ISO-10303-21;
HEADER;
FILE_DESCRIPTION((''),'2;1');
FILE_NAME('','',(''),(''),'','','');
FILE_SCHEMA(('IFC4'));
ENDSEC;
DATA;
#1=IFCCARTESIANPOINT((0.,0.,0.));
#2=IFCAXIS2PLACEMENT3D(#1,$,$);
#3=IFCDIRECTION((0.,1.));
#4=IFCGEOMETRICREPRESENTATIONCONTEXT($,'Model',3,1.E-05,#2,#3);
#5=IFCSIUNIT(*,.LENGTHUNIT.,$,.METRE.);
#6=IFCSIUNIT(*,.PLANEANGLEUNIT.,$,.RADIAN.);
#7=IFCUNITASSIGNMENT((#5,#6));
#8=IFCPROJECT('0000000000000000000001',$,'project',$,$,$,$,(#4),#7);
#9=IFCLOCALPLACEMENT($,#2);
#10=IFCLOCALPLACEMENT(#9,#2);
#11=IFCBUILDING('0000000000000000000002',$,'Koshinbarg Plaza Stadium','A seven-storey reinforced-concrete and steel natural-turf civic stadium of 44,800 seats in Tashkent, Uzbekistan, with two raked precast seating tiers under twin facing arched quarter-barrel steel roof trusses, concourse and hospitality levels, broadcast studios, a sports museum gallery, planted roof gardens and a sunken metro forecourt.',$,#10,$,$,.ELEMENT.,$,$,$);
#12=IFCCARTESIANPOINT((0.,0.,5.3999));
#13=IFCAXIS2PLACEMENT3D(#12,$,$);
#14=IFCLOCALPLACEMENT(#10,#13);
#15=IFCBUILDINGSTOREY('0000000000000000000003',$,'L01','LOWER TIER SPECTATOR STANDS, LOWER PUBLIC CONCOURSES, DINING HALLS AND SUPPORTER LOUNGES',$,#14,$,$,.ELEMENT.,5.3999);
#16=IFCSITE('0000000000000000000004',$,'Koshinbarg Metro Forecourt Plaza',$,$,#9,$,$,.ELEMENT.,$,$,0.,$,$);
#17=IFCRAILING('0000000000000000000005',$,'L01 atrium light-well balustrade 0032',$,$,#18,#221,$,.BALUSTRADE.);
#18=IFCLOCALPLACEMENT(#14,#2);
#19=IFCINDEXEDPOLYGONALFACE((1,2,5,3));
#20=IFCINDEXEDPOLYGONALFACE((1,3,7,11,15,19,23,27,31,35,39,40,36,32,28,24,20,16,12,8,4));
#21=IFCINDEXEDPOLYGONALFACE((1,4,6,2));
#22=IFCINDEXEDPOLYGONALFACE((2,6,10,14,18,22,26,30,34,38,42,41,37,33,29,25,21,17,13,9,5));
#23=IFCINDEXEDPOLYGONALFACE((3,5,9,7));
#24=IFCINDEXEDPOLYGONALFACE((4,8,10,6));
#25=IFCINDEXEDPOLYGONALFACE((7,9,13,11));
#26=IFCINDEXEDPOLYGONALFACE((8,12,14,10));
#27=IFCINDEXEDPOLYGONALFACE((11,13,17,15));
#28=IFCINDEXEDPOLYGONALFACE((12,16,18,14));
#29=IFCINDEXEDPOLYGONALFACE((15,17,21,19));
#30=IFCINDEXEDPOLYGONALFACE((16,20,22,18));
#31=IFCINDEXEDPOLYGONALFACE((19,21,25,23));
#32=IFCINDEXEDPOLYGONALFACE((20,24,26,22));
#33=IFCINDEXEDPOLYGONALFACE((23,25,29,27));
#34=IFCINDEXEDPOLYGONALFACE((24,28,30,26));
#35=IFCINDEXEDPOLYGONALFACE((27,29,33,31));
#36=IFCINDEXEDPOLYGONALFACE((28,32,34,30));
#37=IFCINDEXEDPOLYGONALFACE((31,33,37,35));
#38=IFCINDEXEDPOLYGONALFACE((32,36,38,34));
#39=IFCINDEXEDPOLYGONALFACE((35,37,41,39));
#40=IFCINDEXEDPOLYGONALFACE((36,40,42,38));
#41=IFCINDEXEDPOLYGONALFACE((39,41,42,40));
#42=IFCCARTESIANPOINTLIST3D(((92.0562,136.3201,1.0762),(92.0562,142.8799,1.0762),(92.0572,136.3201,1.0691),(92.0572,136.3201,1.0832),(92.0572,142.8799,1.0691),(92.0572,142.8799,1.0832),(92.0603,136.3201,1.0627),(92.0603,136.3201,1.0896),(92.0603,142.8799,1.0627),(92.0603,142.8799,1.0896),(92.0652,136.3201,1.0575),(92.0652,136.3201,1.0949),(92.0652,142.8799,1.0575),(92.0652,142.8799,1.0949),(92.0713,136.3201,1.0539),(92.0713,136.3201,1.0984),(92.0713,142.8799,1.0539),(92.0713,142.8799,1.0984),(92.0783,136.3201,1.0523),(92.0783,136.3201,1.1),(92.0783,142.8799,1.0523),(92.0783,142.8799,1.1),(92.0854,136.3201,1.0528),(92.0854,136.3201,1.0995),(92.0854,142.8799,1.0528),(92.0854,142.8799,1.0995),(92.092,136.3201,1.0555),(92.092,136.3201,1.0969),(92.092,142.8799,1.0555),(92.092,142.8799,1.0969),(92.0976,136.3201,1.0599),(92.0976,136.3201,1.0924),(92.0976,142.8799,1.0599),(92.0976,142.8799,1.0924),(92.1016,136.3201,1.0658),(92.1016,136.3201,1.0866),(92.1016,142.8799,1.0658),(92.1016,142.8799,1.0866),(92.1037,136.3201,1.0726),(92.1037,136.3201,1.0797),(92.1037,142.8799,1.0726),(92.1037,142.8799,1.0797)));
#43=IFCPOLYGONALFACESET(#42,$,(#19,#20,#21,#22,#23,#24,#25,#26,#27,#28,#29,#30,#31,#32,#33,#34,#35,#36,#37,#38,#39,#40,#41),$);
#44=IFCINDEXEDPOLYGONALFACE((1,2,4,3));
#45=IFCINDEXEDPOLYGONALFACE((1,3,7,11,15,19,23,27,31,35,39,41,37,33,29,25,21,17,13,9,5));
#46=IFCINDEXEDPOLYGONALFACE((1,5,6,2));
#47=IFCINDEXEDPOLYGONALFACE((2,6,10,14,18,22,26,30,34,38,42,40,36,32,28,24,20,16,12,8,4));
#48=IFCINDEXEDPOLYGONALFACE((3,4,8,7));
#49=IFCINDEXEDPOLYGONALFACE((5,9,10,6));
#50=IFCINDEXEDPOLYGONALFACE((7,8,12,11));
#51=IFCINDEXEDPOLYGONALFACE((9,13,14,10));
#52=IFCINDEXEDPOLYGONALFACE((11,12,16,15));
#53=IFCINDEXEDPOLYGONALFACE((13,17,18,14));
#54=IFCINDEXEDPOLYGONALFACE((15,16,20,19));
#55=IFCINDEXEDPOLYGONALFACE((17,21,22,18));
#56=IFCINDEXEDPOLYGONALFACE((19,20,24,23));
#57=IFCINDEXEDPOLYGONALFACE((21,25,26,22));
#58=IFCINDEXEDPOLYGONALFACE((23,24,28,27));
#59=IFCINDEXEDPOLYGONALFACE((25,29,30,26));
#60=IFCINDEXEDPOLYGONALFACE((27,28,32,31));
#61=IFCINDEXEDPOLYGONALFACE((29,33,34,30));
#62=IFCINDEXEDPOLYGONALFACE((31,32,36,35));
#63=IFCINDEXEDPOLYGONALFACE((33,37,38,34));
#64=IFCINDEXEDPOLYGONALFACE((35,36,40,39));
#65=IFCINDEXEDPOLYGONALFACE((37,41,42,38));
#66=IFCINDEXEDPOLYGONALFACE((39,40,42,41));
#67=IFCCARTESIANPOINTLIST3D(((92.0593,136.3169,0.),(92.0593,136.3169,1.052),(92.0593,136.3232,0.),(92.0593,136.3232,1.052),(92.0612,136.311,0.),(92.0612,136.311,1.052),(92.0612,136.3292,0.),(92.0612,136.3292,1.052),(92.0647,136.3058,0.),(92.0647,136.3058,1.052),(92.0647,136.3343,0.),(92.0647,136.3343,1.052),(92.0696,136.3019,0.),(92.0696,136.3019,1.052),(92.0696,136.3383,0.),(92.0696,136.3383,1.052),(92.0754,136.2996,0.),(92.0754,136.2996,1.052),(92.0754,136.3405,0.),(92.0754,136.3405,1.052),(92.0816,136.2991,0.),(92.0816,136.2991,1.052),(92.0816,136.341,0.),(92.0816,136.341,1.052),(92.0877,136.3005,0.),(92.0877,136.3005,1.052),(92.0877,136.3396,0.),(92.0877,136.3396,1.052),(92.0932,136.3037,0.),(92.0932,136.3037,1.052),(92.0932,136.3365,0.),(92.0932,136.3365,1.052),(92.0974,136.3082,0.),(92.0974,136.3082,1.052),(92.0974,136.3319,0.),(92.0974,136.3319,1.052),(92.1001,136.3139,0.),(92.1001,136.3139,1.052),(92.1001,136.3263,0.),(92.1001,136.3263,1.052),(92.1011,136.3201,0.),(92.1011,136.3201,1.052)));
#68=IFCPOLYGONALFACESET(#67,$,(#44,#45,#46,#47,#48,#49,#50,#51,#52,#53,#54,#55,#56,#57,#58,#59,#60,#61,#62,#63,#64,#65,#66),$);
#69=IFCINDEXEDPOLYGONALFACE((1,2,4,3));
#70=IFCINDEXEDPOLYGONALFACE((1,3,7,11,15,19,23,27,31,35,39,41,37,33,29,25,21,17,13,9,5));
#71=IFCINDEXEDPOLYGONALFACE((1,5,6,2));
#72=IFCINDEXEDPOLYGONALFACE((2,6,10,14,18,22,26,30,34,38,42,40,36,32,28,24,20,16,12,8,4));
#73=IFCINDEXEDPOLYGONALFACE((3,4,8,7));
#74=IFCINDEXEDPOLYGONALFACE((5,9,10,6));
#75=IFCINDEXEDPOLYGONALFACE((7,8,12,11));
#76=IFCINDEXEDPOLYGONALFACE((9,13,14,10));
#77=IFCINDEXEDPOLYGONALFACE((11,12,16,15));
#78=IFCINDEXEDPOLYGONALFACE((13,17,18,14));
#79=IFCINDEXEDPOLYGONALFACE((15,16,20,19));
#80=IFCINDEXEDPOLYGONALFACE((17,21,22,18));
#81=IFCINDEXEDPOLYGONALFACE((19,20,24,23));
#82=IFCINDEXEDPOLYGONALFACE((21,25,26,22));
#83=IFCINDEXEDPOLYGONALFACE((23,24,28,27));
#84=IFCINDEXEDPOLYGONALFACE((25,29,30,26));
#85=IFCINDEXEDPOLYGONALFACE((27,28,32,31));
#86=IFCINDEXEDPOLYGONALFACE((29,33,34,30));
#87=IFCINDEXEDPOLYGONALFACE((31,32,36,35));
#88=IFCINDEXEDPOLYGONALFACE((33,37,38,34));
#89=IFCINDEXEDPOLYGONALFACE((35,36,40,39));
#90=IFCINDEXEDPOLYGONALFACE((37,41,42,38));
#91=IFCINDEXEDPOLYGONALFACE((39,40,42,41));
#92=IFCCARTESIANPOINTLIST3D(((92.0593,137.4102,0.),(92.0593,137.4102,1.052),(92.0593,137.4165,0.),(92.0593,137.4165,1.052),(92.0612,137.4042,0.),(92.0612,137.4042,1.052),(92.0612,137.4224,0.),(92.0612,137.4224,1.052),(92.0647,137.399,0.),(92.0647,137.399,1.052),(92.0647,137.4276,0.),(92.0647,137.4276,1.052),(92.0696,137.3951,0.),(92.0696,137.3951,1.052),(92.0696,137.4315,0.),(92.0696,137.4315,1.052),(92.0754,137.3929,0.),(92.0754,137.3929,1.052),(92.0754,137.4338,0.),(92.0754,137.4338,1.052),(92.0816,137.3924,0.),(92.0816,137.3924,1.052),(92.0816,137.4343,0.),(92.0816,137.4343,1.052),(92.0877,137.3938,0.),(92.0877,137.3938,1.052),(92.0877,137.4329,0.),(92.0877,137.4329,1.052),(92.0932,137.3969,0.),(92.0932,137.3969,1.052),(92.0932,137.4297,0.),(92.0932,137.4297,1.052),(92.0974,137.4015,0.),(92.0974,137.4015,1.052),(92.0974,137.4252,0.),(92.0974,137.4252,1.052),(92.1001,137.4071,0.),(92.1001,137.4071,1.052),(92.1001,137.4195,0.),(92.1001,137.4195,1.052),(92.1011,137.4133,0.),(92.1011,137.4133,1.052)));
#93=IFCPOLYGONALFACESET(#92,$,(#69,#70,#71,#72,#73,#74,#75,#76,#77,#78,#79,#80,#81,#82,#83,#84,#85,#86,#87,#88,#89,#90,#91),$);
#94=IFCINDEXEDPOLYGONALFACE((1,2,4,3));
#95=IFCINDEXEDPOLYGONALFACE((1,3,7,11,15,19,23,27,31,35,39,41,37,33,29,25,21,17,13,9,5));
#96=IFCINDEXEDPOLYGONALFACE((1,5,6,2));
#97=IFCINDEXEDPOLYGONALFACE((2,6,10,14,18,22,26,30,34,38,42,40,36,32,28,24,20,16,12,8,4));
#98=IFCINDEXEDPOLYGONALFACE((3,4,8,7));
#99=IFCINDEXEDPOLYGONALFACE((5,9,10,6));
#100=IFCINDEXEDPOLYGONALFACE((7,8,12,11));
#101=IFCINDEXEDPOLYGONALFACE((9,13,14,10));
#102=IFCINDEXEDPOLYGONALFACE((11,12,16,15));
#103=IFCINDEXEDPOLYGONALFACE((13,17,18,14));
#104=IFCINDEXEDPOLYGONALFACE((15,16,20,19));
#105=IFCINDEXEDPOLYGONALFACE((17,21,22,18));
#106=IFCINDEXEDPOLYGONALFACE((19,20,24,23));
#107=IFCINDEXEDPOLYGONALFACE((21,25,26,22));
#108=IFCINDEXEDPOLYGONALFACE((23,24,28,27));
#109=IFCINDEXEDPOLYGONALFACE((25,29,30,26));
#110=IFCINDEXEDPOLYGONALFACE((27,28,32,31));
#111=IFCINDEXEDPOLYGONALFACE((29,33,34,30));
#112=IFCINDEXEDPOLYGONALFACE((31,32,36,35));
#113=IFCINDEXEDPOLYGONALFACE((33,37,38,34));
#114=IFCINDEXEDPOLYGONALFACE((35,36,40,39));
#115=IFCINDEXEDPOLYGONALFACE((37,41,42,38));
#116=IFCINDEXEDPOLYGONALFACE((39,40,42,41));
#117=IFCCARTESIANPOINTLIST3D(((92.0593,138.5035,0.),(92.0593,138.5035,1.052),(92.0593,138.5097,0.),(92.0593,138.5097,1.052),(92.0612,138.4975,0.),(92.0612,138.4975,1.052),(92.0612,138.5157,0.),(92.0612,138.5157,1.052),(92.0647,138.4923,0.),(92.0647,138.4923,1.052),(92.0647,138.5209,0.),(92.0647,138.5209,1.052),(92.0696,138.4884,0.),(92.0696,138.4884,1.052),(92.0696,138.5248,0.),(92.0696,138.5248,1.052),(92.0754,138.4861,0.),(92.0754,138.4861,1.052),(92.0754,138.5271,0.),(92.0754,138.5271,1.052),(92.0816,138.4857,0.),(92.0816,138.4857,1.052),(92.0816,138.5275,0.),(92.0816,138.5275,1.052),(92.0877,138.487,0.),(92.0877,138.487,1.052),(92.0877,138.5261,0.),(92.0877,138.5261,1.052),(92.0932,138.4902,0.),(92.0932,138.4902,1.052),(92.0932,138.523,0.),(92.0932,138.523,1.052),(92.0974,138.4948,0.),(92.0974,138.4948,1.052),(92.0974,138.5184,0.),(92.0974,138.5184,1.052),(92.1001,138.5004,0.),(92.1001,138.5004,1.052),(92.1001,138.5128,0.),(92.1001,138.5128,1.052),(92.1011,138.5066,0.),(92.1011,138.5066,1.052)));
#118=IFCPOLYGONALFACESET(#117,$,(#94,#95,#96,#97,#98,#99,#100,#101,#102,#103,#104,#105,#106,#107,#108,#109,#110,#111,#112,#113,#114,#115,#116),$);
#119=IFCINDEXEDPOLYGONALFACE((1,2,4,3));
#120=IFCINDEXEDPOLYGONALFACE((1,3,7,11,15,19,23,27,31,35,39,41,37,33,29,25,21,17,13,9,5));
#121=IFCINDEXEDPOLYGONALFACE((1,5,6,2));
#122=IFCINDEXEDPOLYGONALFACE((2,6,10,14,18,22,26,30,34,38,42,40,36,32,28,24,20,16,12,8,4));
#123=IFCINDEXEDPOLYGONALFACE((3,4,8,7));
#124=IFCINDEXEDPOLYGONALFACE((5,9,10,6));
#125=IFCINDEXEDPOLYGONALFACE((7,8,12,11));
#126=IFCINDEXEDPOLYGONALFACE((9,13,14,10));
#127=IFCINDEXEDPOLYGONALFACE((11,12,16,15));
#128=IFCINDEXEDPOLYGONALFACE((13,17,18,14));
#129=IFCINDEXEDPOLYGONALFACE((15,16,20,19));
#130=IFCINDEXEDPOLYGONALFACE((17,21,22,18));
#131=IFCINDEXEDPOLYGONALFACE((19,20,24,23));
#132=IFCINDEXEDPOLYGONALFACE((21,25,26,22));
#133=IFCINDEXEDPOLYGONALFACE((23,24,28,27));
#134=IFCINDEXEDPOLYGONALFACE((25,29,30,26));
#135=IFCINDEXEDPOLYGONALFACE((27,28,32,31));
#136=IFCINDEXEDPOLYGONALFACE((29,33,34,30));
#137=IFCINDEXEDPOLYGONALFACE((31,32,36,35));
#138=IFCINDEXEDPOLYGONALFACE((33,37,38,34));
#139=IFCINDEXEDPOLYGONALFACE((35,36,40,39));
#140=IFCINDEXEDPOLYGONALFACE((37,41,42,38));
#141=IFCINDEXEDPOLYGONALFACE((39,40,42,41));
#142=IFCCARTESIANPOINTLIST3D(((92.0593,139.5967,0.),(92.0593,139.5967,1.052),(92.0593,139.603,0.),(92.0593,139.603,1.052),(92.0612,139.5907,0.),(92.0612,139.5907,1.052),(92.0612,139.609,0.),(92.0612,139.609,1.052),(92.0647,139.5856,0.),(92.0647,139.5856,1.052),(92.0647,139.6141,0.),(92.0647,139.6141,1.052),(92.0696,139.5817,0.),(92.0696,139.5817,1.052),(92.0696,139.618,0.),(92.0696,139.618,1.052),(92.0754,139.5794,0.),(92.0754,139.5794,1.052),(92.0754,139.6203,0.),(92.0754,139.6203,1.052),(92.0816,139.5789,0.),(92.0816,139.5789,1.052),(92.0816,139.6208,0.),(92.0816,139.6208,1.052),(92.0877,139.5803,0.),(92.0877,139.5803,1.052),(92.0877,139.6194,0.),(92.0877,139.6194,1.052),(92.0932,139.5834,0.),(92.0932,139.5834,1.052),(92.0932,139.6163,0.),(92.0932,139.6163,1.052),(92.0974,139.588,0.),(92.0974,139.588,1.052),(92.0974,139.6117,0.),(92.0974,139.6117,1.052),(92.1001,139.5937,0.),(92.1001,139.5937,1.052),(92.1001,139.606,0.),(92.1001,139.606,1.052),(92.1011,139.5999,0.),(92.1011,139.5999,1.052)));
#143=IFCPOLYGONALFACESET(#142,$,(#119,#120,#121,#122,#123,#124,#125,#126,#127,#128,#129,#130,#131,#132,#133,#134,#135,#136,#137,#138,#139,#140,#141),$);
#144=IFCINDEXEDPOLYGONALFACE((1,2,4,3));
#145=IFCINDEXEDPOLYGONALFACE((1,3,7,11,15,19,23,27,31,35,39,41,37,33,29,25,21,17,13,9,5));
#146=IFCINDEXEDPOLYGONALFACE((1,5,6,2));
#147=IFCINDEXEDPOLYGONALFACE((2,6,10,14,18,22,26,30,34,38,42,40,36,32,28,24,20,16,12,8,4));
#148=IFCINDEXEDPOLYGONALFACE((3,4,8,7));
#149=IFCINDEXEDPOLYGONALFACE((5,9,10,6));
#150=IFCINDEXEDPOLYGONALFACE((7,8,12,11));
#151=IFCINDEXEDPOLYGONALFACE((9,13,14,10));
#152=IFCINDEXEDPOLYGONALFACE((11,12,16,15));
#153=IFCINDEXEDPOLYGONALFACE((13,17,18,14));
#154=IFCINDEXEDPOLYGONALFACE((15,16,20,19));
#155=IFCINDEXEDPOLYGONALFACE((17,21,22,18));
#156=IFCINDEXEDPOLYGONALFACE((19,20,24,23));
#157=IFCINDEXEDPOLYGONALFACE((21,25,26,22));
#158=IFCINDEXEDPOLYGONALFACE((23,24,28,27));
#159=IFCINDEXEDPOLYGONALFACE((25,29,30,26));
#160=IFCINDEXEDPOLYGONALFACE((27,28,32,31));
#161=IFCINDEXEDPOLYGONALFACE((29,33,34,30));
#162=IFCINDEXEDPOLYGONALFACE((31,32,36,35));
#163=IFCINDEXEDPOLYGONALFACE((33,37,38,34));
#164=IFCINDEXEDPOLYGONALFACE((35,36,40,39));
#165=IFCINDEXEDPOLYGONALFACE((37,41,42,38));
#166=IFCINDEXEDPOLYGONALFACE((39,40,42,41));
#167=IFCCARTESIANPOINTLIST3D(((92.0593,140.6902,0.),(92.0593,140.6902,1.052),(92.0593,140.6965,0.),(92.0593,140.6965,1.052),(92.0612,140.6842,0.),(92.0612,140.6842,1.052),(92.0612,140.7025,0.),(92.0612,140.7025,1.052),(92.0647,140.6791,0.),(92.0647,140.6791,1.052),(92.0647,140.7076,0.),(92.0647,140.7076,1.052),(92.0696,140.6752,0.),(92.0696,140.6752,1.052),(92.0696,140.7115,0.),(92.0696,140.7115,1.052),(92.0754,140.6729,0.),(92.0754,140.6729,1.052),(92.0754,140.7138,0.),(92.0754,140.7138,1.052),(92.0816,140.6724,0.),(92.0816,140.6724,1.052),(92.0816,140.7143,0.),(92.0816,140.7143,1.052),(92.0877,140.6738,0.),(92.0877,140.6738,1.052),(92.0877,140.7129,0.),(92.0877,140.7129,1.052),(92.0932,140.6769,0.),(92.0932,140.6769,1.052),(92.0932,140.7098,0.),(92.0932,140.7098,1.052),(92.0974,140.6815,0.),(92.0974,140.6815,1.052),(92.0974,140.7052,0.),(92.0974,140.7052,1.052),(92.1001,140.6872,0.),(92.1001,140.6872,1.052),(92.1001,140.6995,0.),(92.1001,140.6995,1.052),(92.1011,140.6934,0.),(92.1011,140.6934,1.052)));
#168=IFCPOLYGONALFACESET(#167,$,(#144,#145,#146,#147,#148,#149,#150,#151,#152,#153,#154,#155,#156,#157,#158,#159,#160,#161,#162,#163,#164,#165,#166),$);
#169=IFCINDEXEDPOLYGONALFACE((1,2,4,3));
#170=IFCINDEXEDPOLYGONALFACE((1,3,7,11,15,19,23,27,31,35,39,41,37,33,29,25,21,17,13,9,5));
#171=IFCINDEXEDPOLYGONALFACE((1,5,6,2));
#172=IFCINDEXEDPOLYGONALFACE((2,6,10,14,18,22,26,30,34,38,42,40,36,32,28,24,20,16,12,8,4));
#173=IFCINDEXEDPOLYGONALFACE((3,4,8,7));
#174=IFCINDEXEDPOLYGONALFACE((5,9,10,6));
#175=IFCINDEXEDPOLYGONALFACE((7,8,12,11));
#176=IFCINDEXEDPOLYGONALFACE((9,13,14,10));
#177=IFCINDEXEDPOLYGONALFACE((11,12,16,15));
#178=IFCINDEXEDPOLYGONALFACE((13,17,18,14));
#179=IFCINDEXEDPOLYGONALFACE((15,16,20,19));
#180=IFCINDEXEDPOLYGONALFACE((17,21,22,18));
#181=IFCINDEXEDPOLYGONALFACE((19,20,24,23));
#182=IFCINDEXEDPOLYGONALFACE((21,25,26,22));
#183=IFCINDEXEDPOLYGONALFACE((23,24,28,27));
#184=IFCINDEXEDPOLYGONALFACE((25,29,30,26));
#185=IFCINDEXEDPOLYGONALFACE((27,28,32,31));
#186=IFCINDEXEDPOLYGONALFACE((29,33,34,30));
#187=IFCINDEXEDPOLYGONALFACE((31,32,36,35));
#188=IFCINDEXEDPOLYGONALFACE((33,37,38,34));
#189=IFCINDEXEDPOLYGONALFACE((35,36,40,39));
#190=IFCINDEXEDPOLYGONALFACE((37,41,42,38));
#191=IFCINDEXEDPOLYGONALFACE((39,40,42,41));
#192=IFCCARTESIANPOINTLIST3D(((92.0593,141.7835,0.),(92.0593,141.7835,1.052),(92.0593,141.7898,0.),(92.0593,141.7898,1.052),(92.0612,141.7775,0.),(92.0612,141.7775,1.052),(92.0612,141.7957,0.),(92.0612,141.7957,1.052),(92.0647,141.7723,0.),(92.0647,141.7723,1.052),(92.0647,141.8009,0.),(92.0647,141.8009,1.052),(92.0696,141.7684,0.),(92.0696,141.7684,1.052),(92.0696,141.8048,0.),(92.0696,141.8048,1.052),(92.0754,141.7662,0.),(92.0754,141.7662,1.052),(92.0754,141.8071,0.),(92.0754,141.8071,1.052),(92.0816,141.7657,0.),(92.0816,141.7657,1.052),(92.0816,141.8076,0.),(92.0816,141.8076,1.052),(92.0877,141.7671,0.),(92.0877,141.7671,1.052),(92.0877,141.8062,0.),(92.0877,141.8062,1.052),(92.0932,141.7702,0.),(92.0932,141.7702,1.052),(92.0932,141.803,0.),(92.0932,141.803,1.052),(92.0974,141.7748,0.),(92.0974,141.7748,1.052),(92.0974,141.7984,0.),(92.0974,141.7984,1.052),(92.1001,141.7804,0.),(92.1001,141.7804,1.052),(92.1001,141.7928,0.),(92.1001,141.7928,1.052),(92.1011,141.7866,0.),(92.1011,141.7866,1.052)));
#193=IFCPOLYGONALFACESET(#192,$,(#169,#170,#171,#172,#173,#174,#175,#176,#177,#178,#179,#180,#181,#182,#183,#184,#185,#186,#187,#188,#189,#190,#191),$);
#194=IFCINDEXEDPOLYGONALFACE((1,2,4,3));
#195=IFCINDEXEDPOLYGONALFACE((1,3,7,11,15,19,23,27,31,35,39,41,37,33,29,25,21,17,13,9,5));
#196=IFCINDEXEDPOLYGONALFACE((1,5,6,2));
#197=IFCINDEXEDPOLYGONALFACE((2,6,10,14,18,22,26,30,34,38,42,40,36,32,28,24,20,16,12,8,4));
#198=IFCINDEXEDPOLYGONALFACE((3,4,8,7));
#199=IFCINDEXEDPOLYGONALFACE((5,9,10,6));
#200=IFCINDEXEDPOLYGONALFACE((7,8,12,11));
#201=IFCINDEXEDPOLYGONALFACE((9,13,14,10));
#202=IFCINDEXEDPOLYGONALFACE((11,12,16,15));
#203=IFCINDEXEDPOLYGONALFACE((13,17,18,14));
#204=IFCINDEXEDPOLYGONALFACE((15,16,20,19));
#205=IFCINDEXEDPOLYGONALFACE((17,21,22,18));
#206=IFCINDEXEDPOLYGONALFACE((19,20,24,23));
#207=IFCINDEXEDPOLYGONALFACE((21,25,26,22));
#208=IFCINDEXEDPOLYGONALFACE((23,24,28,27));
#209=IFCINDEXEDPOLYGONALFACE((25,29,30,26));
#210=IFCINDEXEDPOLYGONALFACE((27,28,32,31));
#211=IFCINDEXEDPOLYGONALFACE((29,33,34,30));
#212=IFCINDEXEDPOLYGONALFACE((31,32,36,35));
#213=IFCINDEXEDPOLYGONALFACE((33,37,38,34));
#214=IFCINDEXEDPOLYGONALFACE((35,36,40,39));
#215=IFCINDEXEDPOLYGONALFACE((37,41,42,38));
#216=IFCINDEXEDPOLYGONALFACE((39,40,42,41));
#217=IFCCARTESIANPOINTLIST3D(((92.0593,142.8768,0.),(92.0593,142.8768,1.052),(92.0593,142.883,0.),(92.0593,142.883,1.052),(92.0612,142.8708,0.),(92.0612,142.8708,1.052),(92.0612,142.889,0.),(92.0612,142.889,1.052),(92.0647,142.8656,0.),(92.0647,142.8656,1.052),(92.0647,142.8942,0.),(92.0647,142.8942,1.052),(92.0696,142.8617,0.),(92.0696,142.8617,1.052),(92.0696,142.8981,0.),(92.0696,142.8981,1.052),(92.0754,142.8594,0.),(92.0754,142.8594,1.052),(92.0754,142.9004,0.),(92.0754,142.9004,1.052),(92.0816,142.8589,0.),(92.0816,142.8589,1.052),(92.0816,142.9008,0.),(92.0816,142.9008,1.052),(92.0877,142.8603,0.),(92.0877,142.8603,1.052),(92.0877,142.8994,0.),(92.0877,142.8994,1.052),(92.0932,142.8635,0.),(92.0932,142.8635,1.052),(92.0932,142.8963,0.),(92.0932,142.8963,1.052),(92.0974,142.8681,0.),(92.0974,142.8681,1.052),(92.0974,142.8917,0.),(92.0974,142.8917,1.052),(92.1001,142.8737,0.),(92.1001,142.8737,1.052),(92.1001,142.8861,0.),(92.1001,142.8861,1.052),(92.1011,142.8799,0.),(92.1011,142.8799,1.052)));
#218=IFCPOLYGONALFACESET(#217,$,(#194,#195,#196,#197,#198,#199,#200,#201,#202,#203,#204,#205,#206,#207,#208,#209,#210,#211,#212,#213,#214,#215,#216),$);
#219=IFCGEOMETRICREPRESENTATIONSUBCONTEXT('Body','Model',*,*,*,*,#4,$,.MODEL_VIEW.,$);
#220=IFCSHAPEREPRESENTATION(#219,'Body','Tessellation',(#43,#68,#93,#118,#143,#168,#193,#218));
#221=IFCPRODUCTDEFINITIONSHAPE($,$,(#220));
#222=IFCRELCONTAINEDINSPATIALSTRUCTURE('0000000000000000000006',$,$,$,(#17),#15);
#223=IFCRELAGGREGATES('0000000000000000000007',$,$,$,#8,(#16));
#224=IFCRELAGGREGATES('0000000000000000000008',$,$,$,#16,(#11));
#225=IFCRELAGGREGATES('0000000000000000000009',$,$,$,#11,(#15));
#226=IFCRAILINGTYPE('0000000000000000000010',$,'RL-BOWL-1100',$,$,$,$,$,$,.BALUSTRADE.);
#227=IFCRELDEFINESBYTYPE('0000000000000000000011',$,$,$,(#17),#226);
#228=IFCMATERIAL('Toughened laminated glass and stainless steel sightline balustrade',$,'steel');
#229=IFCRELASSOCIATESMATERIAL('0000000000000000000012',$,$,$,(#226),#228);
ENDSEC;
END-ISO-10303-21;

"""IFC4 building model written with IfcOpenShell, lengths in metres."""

from ifc_helpers import new_model, si_unit, direction, frame, origin, origin_2d, place, context, subcontext, project, spatial, circle, extrude, material, type_object, element, save


model = new_model("IFC4")

# Units and contexts
model_context = context("Model", 3, precision=1e-05, world=origin(), true_north=direction((0.0, 1.0)))
body_context = subcontext(model_context, "Body", "Model", "MODEL_VIEW")
ifc_project = project(units=[si_unit("LENGTHUNIT", "METRE"), si_unit("PLANEANGLEUNIT", "RADIAN")], contexts=[model_context])

# Site, building, storey
site_placement = place(None, origin())
site = spatial("IfcSite", under=ifc_project, at=site_placement, Name="Koshinbarg Metro Forecourt Plaza", CompositionType="ELEMENT", RefElevation=0.0)
building_placement = place(site_placement, origin())
building = spatial("IfcBuilding", under=site, at=building_placement, Name="Koshinbarg Plaza Stadium", Description="A seven-storey reinforced-concrete and steel natural-turf civic stadium of 44,800 seats in Tashkent, Uzbekistan, with two raked precast seating tiers under twin facing arched quarter-barrel steel roof trusses, concourse and hospitality levels, broadcast studios, a sports museum gallery, planted roof gardens and a sunken metro forecourt.", CompositionType="ELEMENT")
storey_placement = place(building_placement, frame((0.0, 0.0, 5.3999)))
storey = spatial("IfcBuildingStorey", under=building, at=storey_placement, Name="L01", Description="LOWER TIER SPECTATOR STANDS, LOWER PUBLIC CONCOURSES, DINING HALLS AND SUPPORTER LOUNGES", CompositionType="ELEMENT", Elevation=5.3999)

# Railing
ifc_material_1 = material(Name="Toughened laminated glass and stainless steel sightline balustrade", Category="steel")
railing_type = type_object("IfcRailingType", Name="RL-BOWL-1100", PredefinedType="BALUSTRADE", material=ifc_material_1)
railing_1_placement = place(storey_placement, frame((92.0801, 136.3201, 0.0)))
element("IfcRailing", 1, at=railing_1_placement, inside=storey, type_object=railing_type, Name="L01 atrium light-well balustrade 0032", PredefinedType="BALUSTRADE", context=body_context, shape_type="SweptSolid", body=[
    extrude(circle(Radius=0.0239, at=origin_2d()), frame((0.0, 0.0, 1.0762), z_axis=(0.0, 1.0, 0.0), x_axis=(-1.0, 0.0, 0.0)), (0.0, 0.0, 1.0), 6.5598),
    extrude(circle(Radius=0.021, at=origin_2d()), origin(), (0.0, 0.0, 1.0), 1.052),
    extrude(circle(Radius=0.021, at=origin_2d()), frame((0.0, 1.0933, 0.0)), (0.0, 0.0, 1.0), 1.052),
    extrude(circle(Radius=0.021, at=origin_2d()), frame((0.0, 2.1865, 0.0)), (0.0, 0.0, 1.0), 1.052),
    extrude(circle(Radius=0.021, at=origin_2d()), frame((0.0, 3.2798, 0.0)), (0.0, 0.0, 1.0), 1.052),
    extrude(circle(Radius=0.021, at=origin_2d()), frame((0.0, 4.3733, 0.0)), (0.0, 0.0, 1.0), 1.052),
    extrude(circle(Radius=0.021, at=origin_2d()), frame((0.0, 5.4666, 0.0)), (0.0, 0.0, 1.0), 1.052),
    extrude(circle(Radius=0.021, at=origin_2d()), frame((0.0, 6.5598, 0.0)), (0.0, 0.0, 1.0), 1.052),
])

save(model, "model.ifc")
